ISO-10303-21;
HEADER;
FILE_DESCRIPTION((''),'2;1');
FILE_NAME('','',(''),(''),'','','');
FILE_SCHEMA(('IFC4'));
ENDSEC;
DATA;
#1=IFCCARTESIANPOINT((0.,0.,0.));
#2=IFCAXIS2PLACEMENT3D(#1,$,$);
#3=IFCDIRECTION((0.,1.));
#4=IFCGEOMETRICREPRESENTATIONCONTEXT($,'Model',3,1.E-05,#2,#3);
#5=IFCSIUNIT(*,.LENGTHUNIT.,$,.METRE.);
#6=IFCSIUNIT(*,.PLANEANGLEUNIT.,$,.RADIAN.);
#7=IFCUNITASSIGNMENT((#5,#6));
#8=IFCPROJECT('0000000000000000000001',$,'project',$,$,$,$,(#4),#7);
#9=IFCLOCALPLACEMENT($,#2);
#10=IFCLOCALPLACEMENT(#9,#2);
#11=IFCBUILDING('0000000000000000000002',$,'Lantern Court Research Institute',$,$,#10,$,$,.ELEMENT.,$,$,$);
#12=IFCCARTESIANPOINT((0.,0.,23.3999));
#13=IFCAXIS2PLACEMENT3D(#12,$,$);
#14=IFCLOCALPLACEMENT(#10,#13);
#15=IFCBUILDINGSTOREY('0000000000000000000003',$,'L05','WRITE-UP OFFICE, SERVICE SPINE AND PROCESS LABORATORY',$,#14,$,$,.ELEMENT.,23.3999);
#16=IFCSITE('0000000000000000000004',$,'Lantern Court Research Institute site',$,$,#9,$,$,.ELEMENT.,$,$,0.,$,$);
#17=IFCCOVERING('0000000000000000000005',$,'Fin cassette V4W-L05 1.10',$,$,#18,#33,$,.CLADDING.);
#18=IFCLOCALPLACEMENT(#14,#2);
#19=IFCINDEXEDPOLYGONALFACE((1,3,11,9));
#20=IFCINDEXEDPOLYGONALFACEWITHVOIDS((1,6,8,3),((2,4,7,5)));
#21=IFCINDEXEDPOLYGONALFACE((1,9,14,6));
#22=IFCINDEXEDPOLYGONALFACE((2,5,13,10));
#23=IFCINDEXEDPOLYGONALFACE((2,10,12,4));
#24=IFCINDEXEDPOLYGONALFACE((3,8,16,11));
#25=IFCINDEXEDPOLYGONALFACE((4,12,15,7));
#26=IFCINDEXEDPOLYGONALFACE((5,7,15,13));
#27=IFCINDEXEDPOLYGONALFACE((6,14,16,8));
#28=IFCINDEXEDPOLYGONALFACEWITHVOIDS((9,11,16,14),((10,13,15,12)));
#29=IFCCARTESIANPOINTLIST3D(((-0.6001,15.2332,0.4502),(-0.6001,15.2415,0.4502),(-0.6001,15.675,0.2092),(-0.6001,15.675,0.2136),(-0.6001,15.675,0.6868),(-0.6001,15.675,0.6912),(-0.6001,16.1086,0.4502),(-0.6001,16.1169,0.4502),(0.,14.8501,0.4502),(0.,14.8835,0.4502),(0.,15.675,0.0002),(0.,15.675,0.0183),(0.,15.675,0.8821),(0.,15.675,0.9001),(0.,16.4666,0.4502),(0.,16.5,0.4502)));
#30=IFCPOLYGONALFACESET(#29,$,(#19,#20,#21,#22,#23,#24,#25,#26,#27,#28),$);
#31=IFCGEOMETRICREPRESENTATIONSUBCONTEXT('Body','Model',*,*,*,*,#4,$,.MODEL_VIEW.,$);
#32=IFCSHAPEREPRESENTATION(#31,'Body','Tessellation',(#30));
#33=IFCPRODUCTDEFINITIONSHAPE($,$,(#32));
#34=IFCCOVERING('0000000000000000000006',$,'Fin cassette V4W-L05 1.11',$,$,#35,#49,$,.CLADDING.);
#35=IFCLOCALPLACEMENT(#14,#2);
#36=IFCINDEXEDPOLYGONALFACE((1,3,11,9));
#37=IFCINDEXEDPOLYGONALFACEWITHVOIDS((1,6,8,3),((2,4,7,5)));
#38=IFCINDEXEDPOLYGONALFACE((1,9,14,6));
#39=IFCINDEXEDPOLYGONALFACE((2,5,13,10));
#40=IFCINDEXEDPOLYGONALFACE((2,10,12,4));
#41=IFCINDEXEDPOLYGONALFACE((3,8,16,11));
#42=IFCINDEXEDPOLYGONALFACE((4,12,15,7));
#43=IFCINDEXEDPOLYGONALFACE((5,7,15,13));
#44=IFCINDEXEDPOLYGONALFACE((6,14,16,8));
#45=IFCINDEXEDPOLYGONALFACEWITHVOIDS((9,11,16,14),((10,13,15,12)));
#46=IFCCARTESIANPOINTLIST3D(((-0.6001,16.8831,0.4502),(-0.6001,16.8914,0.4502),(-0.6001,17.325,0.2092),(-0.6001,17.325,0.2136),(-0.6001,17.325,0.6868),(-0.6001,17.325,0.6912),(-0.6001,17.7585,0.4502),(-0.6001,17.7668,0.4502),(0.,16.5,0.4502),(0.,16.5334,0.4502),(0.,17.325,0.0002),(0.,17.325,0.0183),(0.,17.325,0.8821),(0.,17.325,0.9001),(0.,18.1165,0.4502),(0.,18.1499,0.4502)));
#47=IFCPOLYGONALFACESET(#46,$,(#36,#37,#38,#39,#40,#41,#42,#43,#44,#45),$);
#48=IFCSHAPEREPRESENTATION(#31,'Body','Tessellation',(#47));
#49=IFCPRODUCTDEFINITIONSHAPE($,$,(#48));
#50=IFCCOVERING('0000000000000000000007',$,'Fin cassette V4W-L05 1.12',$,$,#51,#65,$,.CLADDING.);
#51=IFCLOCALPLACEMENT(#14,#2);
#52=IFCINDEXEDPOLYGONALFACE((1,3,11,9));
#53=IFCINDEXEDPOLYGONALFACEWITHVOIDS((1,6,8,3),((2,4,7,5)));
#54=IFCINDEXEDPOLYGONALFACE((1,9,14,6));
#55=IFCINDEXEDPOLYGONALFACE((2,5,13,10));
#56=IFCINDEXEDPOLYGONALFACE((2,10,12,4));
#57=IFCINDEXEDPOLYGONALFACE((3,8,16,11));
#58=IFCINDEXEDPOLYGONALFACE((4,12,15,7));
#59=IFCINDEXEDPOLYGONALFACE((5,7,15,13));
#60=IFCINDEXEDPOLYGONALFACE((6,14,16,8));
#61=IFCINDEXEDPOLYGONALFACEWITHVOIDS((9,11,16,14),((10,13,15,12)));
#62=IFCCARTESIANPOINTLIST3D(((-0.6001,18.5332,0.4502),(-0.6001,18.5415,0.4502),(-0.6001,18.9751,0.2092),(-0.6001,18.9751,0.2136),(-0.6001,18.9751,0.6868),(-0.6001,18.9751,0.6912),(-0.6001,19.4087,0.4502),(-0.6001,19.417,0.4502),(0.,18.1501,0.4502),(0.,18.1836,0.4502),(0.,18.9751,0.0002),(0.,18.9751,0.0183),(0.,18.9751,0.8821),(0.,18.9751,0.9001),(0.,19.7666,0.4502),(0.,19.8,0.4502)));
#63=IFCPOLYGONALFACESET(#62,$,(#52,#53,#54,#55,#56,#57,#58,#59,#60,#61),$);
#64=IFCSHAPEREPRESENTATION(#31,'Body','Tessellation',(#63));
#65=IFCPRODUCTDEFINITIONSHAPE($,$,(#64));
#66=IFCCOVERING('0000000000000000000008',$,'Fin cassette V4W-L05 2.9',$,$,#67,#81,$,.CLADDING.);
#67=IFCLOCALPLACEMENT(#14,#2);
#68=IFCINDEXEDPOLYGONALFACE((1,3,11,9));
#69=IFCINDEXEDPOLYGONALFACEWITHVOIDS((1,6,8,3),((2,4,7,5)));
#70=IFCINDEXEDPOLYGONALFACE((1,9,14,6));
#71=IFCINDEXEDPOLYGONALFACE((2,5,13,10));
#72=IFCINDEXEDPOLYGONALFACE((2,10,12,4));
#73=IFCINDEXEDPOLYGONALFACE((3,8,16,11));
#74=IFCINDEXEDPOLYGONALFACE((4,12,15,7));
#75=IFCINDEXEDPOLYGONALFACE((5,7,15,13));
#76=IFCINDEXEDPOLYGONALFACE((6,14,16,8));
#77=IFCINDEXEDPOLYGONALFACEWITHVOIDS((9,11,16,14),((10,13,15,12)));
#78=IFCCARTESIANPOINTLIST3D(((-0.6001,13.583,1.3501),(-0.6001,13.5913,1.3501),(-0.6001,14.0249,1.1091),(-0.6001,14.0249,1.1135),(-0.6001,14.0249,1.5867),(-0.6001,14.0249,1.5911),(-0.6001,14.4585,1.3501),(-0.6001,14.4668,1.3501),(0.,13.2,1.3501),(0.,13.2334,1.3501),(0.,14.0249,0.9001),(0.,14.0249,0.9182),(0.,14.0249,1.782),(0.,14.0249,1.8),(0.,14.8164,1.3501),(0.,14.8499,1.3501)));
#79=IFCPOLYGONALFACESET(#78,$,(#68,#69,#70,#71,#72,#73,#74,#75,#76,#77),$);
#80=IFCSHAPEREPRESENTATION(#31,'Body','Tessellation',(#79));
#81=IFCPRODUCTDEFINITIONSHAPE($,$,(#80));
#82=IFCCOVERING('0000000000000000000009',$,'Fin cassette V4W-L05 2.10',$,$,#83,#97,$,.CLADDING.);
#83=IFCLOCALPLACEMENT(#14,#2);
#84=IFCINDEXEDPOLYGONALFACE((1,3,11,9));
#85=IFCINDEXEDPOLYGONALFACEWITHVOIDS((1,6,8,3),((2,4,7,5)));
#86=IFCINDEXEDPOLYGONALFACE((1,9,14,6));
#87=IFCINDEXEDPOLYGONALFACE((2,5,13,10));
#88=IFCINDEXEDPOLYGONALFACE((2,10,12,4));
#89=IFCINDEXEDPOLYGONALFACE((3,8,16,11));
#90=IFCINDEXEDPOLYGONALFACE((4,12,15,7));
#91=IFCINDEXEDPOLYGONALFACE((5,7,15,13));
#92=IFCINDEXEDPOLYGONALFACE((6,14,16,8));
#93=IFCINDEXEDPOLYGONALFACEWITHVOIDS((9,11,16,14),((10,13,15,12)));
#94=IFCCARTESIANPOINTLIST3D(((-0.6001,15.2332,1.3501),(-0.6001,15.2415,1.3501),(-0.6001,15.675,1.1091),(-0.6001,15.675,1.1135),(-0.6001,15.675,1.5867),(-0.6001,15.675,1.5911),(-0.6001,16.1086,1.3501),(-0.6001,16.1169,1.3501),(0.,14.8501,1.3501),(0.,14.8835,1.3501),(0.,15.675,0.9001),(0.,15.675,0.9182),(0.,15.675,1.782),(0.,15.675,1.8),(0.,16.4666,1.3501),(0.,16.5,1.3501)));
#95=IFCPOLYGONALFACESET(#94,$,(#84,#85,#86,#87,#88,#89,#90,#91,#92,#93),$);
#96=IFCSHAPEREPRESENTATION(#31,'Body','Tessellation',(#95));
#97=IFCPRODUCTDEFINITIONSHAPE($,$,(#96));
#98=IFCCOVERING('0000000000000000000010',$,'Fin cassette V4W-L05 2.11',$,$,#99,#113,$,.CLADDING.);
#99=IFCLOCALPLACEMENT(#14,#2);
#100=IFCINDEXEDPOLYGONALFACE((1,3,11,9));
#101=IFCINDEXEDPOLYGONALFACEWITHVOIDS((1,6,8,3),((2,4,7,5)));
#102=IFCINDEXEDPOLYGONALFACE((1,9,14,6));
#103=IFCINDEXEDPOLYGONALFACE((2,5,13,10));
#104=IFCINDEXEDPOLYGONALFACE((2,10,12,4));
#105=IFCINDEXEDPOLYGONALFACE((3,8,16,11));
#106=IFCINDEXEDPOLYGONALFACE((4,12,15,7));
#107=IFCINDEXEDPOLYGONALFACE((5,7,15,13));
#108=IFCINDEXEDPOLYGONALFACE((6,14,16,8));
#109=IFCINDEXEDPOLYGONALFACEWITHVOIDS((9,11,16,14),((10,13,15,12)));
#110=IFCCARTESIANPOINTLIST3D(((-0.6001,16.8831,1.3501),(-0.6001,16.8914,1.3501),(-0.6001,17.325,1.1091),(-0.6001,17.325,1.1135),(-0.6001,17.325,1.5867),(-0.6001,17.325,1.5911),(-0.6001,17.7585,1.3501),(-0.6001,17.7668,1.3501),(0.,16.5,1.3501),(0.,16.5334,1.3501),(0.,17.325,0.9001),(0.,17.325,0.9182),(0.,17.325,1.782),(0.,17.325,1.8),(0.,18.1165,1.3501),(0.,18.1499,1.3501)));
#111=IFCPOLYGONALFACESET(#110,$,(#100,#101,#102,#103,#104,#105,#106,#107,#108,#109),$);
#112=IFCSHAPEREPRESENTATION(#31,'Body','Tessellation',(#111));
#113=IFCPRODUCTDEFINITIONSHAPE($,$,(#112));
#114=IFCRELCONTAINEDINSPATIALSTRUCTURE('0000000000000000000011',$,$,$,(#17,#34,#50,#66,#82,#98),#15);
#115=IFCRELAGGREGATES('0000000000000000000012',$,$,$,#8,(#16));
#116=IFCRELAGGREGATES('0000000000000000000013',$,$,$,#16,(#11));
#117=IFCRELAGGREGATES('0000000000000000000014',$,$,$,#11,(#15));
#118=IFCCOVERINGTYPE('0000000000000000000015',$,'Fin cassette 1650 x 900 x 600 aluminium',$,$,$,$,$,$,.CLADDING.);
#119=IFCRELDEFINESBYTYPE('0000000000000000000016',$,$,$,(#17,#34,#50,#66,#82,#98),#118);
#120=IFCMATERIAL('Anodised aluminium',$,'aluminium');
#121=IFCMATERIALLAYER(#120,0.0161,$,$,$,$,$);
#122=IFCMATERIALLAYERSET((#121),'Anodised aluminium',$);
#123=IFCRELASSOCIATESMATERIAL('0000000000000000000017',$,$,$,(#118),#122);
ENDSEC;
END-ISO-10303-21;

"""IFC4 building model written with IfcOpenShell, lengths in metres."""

from ifc_helpers import new_model, entity, si_unit, direction, frame, origin, place, context, subcontext, project, spatial, material, layer, layer_set, type_object, element, save


model = new_model("IFC4")

# Units and contexts
model_context = context("Model", 3, precision=1e-05, world=origin(), true_north=direction((0.0, 1.0)))
body_context = subcontext(model_context, "Body", "Model", "MODEL_VIEW")
ifc_project = project(units=[si_unit("LENGTHUNIT", "METRE"), si_unit("PLANEANGLEUNIT", "RADIAN")], contexts=[model_context])

# Site, building, storey
site_placement = place(None, origin())
site = spatial("IfcSite", under=ifc_project, at=site_placement, Name="Lantern Court Research Institute site", CompositionType="ELEMENT", RefElevation=0.0)
building_placement = place(site_placement, origin())
building = spatial("IfcBuilding", under=site, at=building_placement, Name="Lantern Court Research Institute", CompositionType="ELEMENT")
storey_placement = place(building_placement, frame((0.0, 0.0, 23.3999)))
storey = spatial("IfcBuildingStorey", under=building, at=storey_placement, Name="L05", Description="WRITE-UP OFFICE, SERVICE SPINE AND PROCESS LABORATORY", CompositionType="ELEMENT", Elevation=23.3999)

# Coverings
ifc_material_1 = material(Name="Anodised aluminium", Category="aluminium")
ifc_layer_1 = layer(ifc_material_1, 0.0161)
ifc_layer_set_1 = layer_set([ifc_layer_1], Name="Anodised aluminium")
covering_type = type_object("IfcCoveringType", Name="Fin cassette 1650 x 900 x 600 aluminium", PredefinedType="CLADDING", material=ifc_layer_set_1)
covering_1_placement = place(storey_placement, frame((0.0, 15.675, 0.4502), z_axis=(-1.0, 0.0, 0.0), x_axis=(0.0, -1.0, 0.0)))
cartesian_point_1 = entity("IfcCartesianPoint", [0.825, 0.0])
cartesian_point_2 = entity("IfcCartesianPoint", [0.7915, 0.0])
cartesian_point_3 = entity("IfcCartesianPoint", [0.4419, 0.0])
cartesian_point_4 = entity("IfcCartesianPoint", [0.4336, 0.0])
element("IfcCovering", 1, at=covering_1_placement, inside=storey, type_object=covering_type, Name="Fin cassette V4W-L05 1.10", PredefinedType="CLADDING", context=body_context, shape_type="SweptSolid", body=[
    entity("IfcExtrudedAreaSolidTapered", entity("IfcArbitraryProfileDefWithVoids", "AREA", None, entity("IfcPolyline", [cartesian_point_1, entity("IfcCartesianPoint", [0.0, 0.45]), entity("IfcCartesianPoint", [-0.825, 0.0]), entity("IfcCartesianPoint", [0.0, -0.45]), cartesian_point_1]), [entity("IfcPolyline", [cartesian_point_2, entity("IfcCartesianPoint", [0.0, 0.4319]), entity("IfcCartesianPoint", [-0.7915, 0.0]), entity("IfcCartesianPoint", [0.0, -0.4319]), cartesian_point_2])]), entity("IfcAxis2Placement3D", entity("IfcCartesianPoint", [0.0, 0.0, 0.0])), entity("IfcDirection", [0.0, 0.0, 1.0]), 0.6001, entity("IfcArbitraryProfileDefWithVoids", "AREA", None, entity("IfcPolyline", [cartesian_point_3, entity("IfcCartesianPoint", [0.0, 0.241]), entity("IfcCartesianPoint", [-0.4419, 0.0]), entity("IfcCartesianPoint", [0.0, -0.241]), cartesian_point_3]), [entity("IfcPolyline", [cartesian_point_4, entity("IfcCartesianPoint", [0.0, 0.2366]), entity("IfcCartesianPoint", [-0.4336, 0.0]), entity("IfcCartesianPoint", [0.0, -0.2366]), cartesian_point_4])])),
])
covering_2_placement = place(storey_placement, frame((0.0, 17.325, 0.4502), z_axis=(-1.0, 0.0, 0.0), x_axis=(0.0, -1.0, 0.0)))
cartesian_point_5 = entity("IfcCartesianPoint", [0.825, 0.0])
cartesian_point_6 = entity("IfcCartesianPoint", [0.7915, 0.0])
cartesian_point_7 = entity("IfcCartesianPoint", [0.4419, 0.0])
cartesian_point_8 = entity("IfcCartesianPoint", [0.4336, 0.0])
element("IfcCovering", 2, at=covering_2_placement, inside=storey, type_object=covering_type, Name="Fin cassette V4W-L05 1.11", PredefinedType="CLADDING", context=body_context, shape_type="SweptSolid", body=[
    entity("IfcExtrudedAreaSolidTapered", entity("IfcArbitraryProfileDefWithVoids", "AREA", None, entity("IfcPolyline", [cartesian_point_5, entity("IfcCartesianPoint", [0.0, 0.45]), entity("IfcCartesianPoint", [-0.825, 0.0]), entity("IfcCartesianPoint", [0.0, -0.45]), cartesian_point_5]), [entity("IfcPolyline", [cartesian_point_6, entity("IfcCartesianPoint", [0.0, 0.4319]), entity("IfcCartesianPoint", [-0.7915, 0.0]), entity("IfcCartesianPoint", [0.0, -0.4319]), cartesian_point_6])]), entity("IfcAxis2Placement3D", entity("IfcCartesianPoint", [0.0, 0.0, 0.0])), entity("IfcDirection", [0.0, 0.0, 1.0]), 0.6001, entity("IfcArbitraryProfileDefWithVoids", "AREA", None, entity("IfcPolyline", [cartesian_point_7, entity("IfcCartesianPoint", [0.0, 0.241]), entity("IfcCartesianPoint", [-0.4419, 0.0]), entity("IfcCartesianPoint", [0.0, -0.241]), cartesian_point_7]), [entity("IfcPolyline", [cartesian_point_8, entity("IfcCartesianPoint", [0.0, 0.2366]), entity("IfcCartesianPoint", [-0.4336, 0.0]), entity("IfcCartesianPoint", [0.0, -0.2366]), cartesian_point_8])])),
])
covering_3_placement = place(storey_placement, frame((0.0, 18.9751, 0.4502), z_axis=(-1.0, 0.0, 0.0), x_axis=(0.0, -1.0, 0.0)))
cartesian_point_9 = entity("IfcCartesianPoint", [0.825, 0.0])
cartesian_point_10 = entity("IfcCartesianPoint", [0.7915, 0.0])
cartesian_point_11 = entity("IfcCartesianPoint", [0.4419, 0.0])
cartesian_point_12 = entity("IfcCartesianPoint", [0.4336, 0.0])
element("IfcCovering", 3, at=covering_3_placement, inside=storey, type_object=covering_type, Name="Fin cassette V4W-L05 1.12", PredefinedType="CLADDING", context=body_context, shape_type="SweptSolid", body=[
    entity("IfcExtrudedAreaSolidTapered", entity("IfcArbitraryProfileDefWithVoids", "AREA", None, entity("IfcPolyline", [cartesian_point_9, entity("IfcCartesianPoint", [0.0, 0.45]), entity("IfcCartesianPoint", [-0.825, 0.0]), entity("IfcCartesianPoint", [0.0, -0.45]), cartesian_point_9]), [entity("IfcPolyline", [cartesian_point_10, entity("IfcCartesianPoint", [0.0, 0.4319]), entity("IfcCartesianPoint", [-0.7915, 0.0]), entity("IfcCartesianPoint", [0.0, -0.4319]), cartesian_point_10])]), entity("IfcAxis2Placement3D", entity("IfcCartesianPoint", [0.0, 0.0, 0.0])), entity("IfcDirection", [0.0, 0.0, 1.0]), 0.6001, entity("IfcArbitraryProfileDefWithVoids", "AREA", None, entity("IfcPolyline", [cartesian_point_11, entity("IfcCartesianPoint", [0.0, 0.241]), entity("IfcCartesianPoint", [-0.4419, 0.0]), entity("IfcCartesianPoint", [0.0, -0.241]), cartesian_point_11]), [entity("IfcPolyline", [cartesian_point_12, entity("IfcCartesianPoint", [0.0, 0.2366]), entity("IfcCartesianPoint", [-0.4336, 0.0]), entity("IfcCartesianPoint", [0.0, -0.2366]), cartesian_point_12])])),
])
covering_4_placement = place(storey_placement, frame((0.0, 14.0249, 1.3501), z_axis=(-1.0, 0.0, 0.0), x_axis=(0.0, -1.0, 0.0)))
cartesian_point_13 = entity("IfcCartesianPoint", [0.825, 0.0])
cartesian_point_14 = entity("IfcCartesianPoint", [0.7915, 0.0])
cartesian_point_15 = entity("IfcCartesianPoint", [0.4419, 0.0])
cartesian_point_16 = entity("IfcCartesianPoint", [0.4336, 0.0])
element("IfcCovering", 4, at=covering_4_placement, inside=storey, type_object=covering_type, Name="Fin cassette V4W-L05 2.9", PredefinedType="CLADDING", context=body_context, shape_type="SweptSolid", body=[
    entity("IfcExtrudedAreaSolidTapered", entity("IfcArbitraryProfileDefWithVoids", "AREA", None, entity("IfcPolyline", [cartesian_point_13, entity("IfcCartesianPoint", [0.0, 0.45]), entity("IfcCartesianPoint", [-0.825, 0.0]), entity("IfcCartesianPoint", [0.0, -0.45]), cartesian_point_13]), [entity("IfcPolyline", [cartesian_point_14, entity("IfcCartesianPoint", [0.0, 0.4319]), entity("IfcCartesianPoint", [-0.7915, 0.0]), entity("IfcCartesianPoint", [0.0, -0.4319]), cartesian_point_14])]), entity("IfcAxis2Placement3D", entity("IfcCartesianPoint", [0.0, 0.0, 0.0])), entity("IfcDirection", [0.0, 0.0, 1.0]), 0.6001, entity("IfcArbitraryProfileDefWithVoids", "AREA", None, entity("IfcPolyline", [cartesian_point_15, entity("IfcCartesianPoint", [0.0, 0.241]), entity("IfcCartesianPoint", [-0.4419, 0.0]), entity("IfcCartesianPoint", [0.0, -0.241]), cartesian_point_15]), [entity("IfcPolyline", [cartesian_point_16, entity("IfcCartesianPoint", [0.0, 0.2366]), entity("IfcCartesianPoint", [-0.4336, 0.0]), entity("IfcCartesianPoint", [0.0, -0.2366]), cartesian_point_16])])),
])
covering_5_placement = place(storey_placement, frame((0.0, 15.675, 1.3501), z_axis=(-1.0, 0.0, 0.0), x_axis=(0.0, -1.0, 0.0)))
cartesian_point_17 = entity("IfcCartesianPoint", [0.825, 0.0])
cartesian_point_18 = entity("IfcCartesianPoint", [0.7915, 0.0])
cartesian_point_19 = entity("IfcCartesianPoint", [0.4419, 0.0])
cartesian_point_20 = entity("IfcCartesianPoint", [0.4336, 0.0])
element("IfcCovering", 5, at=covering_5_placement, inside=storey, type_object=covering_type, Name="Fin cassette V4W-L05 2.10", PredefinedType="CLADDING", context=body_context, shape_type="SweptSolid", body=[
    entity("IfcExtrudedAreaSolidTapered", entity("IfcArbitraryProfileDefWithVoids", "AREA", None, entity("IfcPolyline", [cartesian_point_17, entity("IfcCartesianPoint", [0.0, 0.45]), entity("IfcCartesianPoint", [-0.825, 0.0]), entity("IfcCartesianPoint", [0.0, -0.45]), cartesian_point_17]), [entity("IfcPolyline", [cartesian_point_18, entity("IfcCartesianPoint", [0.0, 0.4319]), entity("IfcCartesianPoint", [-0.7915, 0.0]), entity("IfcCartesianPoint", [0.0, -0.4319]), cartesian_point_18])]), entity("IfcAxis2Placement3D", entity("IfcCartesianPoint", [0.0, 0.0, 0.0])), entity("IfcDirection", [0.0, 0.0, 1.0]), 0.6001, entity("IfcArbitraryProfileDefWithVoids", "AREA", None, entity("IfcPolyline", [cartesian_point_19, entity("IfcCartesianPoint", [0.0, 0.241]), entity("IfcCartesianPoint", [-0.4419, 0.0]), entity("IfcCartesianPoint", [0.0, -0.241]), cartesian_point_19]), [entity("IfcPolyline", [cartesian_point_20, entity("IfcCartesianPoint", [0.0, 0.2366]), entity("IfcCartesianPoint", [-0.4336, 0.0]), entity("IfcCartesianPoint", [0.0, -0.2366]), cartesian_point_20])])),
])
covering_6_placement = place(storey_placement, frame((0.0, 17.325, 1.3501), z_axis=(-1.0, 0.0, 0.0), x_axis=(0.0, -1.0, 0.0)))
cartesian_point_21 = entity("IfcCartesianPoint", [0.825, 0.0])
cartesian_point_22 = entity("IfcCartesianPoint", [0.7915, 0.0])
cartesian_point_23 = entity("IfcCartesianPoint", [0.4419, 0.0])
cartesian_point_24 = entity("IfcCartesianPoint", [0.4336, 0.0])
element("IfcCovering", 6, at=covering_6_placement, inside=storey, type_object=covering_type, Name="Fin cassette V4W-L05 2.11", PredefinedType="CLADDING", context=body_context, shape_type="SweptSolid", body=[
    entity("IfcExtrudedAreaSolidTapered", entity("IfcArbitraryProfileDefWithVoids", "AREA", None, entity("IfcPolyline", [cartesian_point_21, entity("IfcCartesianPoint", [0.0, 0.45]), entity("IfcCartesianPoint", [-0.825, 0.0]), entity("IfcCartesianPoint", [0.0, -0.45]), cartesian_point_21]), [entity("IfcPolyline", [cartesian_point_22, entity("IfcCartesianPoint", [0.0, 0.4319]), entity("IfcCartesianPoint", [-0.7915, 0.0]), entity("IfcCartesianPoint", [0.0, -0.4319]), cartesian_point_22])]), entity("IfcAxis2Placement3D", entity("IfcCartesianPoint", [0.0, 0.0, 0.0])), entity("IfcDirection", [0.0, 0.0, 1.0]), 0.6001, entity("IfcArbitraryProfileDefWithVoids", "AREA", None, entity("IfcPolyline", [cartesian_point_23, entity("IfcCartesianPoint", [0.0, 0.241]), entity("IfcCartesianPoint", [-0.4419, 0.0]), entity("IfcCartesianPoint", [0.0, -0.241]), cartesian_point_23]), [entity("IfcPolyline", [cartesian_point_24, entity("IfcCartesianPoint", [0.0, 0.2366]), entity("IfcCartesianPoint", [-0.4336, 0.0]), entity("IfcCartesianPoint", [0.0, -0.2366]), cartesian_point_24])])),
])

save(model, "model.ifc")
